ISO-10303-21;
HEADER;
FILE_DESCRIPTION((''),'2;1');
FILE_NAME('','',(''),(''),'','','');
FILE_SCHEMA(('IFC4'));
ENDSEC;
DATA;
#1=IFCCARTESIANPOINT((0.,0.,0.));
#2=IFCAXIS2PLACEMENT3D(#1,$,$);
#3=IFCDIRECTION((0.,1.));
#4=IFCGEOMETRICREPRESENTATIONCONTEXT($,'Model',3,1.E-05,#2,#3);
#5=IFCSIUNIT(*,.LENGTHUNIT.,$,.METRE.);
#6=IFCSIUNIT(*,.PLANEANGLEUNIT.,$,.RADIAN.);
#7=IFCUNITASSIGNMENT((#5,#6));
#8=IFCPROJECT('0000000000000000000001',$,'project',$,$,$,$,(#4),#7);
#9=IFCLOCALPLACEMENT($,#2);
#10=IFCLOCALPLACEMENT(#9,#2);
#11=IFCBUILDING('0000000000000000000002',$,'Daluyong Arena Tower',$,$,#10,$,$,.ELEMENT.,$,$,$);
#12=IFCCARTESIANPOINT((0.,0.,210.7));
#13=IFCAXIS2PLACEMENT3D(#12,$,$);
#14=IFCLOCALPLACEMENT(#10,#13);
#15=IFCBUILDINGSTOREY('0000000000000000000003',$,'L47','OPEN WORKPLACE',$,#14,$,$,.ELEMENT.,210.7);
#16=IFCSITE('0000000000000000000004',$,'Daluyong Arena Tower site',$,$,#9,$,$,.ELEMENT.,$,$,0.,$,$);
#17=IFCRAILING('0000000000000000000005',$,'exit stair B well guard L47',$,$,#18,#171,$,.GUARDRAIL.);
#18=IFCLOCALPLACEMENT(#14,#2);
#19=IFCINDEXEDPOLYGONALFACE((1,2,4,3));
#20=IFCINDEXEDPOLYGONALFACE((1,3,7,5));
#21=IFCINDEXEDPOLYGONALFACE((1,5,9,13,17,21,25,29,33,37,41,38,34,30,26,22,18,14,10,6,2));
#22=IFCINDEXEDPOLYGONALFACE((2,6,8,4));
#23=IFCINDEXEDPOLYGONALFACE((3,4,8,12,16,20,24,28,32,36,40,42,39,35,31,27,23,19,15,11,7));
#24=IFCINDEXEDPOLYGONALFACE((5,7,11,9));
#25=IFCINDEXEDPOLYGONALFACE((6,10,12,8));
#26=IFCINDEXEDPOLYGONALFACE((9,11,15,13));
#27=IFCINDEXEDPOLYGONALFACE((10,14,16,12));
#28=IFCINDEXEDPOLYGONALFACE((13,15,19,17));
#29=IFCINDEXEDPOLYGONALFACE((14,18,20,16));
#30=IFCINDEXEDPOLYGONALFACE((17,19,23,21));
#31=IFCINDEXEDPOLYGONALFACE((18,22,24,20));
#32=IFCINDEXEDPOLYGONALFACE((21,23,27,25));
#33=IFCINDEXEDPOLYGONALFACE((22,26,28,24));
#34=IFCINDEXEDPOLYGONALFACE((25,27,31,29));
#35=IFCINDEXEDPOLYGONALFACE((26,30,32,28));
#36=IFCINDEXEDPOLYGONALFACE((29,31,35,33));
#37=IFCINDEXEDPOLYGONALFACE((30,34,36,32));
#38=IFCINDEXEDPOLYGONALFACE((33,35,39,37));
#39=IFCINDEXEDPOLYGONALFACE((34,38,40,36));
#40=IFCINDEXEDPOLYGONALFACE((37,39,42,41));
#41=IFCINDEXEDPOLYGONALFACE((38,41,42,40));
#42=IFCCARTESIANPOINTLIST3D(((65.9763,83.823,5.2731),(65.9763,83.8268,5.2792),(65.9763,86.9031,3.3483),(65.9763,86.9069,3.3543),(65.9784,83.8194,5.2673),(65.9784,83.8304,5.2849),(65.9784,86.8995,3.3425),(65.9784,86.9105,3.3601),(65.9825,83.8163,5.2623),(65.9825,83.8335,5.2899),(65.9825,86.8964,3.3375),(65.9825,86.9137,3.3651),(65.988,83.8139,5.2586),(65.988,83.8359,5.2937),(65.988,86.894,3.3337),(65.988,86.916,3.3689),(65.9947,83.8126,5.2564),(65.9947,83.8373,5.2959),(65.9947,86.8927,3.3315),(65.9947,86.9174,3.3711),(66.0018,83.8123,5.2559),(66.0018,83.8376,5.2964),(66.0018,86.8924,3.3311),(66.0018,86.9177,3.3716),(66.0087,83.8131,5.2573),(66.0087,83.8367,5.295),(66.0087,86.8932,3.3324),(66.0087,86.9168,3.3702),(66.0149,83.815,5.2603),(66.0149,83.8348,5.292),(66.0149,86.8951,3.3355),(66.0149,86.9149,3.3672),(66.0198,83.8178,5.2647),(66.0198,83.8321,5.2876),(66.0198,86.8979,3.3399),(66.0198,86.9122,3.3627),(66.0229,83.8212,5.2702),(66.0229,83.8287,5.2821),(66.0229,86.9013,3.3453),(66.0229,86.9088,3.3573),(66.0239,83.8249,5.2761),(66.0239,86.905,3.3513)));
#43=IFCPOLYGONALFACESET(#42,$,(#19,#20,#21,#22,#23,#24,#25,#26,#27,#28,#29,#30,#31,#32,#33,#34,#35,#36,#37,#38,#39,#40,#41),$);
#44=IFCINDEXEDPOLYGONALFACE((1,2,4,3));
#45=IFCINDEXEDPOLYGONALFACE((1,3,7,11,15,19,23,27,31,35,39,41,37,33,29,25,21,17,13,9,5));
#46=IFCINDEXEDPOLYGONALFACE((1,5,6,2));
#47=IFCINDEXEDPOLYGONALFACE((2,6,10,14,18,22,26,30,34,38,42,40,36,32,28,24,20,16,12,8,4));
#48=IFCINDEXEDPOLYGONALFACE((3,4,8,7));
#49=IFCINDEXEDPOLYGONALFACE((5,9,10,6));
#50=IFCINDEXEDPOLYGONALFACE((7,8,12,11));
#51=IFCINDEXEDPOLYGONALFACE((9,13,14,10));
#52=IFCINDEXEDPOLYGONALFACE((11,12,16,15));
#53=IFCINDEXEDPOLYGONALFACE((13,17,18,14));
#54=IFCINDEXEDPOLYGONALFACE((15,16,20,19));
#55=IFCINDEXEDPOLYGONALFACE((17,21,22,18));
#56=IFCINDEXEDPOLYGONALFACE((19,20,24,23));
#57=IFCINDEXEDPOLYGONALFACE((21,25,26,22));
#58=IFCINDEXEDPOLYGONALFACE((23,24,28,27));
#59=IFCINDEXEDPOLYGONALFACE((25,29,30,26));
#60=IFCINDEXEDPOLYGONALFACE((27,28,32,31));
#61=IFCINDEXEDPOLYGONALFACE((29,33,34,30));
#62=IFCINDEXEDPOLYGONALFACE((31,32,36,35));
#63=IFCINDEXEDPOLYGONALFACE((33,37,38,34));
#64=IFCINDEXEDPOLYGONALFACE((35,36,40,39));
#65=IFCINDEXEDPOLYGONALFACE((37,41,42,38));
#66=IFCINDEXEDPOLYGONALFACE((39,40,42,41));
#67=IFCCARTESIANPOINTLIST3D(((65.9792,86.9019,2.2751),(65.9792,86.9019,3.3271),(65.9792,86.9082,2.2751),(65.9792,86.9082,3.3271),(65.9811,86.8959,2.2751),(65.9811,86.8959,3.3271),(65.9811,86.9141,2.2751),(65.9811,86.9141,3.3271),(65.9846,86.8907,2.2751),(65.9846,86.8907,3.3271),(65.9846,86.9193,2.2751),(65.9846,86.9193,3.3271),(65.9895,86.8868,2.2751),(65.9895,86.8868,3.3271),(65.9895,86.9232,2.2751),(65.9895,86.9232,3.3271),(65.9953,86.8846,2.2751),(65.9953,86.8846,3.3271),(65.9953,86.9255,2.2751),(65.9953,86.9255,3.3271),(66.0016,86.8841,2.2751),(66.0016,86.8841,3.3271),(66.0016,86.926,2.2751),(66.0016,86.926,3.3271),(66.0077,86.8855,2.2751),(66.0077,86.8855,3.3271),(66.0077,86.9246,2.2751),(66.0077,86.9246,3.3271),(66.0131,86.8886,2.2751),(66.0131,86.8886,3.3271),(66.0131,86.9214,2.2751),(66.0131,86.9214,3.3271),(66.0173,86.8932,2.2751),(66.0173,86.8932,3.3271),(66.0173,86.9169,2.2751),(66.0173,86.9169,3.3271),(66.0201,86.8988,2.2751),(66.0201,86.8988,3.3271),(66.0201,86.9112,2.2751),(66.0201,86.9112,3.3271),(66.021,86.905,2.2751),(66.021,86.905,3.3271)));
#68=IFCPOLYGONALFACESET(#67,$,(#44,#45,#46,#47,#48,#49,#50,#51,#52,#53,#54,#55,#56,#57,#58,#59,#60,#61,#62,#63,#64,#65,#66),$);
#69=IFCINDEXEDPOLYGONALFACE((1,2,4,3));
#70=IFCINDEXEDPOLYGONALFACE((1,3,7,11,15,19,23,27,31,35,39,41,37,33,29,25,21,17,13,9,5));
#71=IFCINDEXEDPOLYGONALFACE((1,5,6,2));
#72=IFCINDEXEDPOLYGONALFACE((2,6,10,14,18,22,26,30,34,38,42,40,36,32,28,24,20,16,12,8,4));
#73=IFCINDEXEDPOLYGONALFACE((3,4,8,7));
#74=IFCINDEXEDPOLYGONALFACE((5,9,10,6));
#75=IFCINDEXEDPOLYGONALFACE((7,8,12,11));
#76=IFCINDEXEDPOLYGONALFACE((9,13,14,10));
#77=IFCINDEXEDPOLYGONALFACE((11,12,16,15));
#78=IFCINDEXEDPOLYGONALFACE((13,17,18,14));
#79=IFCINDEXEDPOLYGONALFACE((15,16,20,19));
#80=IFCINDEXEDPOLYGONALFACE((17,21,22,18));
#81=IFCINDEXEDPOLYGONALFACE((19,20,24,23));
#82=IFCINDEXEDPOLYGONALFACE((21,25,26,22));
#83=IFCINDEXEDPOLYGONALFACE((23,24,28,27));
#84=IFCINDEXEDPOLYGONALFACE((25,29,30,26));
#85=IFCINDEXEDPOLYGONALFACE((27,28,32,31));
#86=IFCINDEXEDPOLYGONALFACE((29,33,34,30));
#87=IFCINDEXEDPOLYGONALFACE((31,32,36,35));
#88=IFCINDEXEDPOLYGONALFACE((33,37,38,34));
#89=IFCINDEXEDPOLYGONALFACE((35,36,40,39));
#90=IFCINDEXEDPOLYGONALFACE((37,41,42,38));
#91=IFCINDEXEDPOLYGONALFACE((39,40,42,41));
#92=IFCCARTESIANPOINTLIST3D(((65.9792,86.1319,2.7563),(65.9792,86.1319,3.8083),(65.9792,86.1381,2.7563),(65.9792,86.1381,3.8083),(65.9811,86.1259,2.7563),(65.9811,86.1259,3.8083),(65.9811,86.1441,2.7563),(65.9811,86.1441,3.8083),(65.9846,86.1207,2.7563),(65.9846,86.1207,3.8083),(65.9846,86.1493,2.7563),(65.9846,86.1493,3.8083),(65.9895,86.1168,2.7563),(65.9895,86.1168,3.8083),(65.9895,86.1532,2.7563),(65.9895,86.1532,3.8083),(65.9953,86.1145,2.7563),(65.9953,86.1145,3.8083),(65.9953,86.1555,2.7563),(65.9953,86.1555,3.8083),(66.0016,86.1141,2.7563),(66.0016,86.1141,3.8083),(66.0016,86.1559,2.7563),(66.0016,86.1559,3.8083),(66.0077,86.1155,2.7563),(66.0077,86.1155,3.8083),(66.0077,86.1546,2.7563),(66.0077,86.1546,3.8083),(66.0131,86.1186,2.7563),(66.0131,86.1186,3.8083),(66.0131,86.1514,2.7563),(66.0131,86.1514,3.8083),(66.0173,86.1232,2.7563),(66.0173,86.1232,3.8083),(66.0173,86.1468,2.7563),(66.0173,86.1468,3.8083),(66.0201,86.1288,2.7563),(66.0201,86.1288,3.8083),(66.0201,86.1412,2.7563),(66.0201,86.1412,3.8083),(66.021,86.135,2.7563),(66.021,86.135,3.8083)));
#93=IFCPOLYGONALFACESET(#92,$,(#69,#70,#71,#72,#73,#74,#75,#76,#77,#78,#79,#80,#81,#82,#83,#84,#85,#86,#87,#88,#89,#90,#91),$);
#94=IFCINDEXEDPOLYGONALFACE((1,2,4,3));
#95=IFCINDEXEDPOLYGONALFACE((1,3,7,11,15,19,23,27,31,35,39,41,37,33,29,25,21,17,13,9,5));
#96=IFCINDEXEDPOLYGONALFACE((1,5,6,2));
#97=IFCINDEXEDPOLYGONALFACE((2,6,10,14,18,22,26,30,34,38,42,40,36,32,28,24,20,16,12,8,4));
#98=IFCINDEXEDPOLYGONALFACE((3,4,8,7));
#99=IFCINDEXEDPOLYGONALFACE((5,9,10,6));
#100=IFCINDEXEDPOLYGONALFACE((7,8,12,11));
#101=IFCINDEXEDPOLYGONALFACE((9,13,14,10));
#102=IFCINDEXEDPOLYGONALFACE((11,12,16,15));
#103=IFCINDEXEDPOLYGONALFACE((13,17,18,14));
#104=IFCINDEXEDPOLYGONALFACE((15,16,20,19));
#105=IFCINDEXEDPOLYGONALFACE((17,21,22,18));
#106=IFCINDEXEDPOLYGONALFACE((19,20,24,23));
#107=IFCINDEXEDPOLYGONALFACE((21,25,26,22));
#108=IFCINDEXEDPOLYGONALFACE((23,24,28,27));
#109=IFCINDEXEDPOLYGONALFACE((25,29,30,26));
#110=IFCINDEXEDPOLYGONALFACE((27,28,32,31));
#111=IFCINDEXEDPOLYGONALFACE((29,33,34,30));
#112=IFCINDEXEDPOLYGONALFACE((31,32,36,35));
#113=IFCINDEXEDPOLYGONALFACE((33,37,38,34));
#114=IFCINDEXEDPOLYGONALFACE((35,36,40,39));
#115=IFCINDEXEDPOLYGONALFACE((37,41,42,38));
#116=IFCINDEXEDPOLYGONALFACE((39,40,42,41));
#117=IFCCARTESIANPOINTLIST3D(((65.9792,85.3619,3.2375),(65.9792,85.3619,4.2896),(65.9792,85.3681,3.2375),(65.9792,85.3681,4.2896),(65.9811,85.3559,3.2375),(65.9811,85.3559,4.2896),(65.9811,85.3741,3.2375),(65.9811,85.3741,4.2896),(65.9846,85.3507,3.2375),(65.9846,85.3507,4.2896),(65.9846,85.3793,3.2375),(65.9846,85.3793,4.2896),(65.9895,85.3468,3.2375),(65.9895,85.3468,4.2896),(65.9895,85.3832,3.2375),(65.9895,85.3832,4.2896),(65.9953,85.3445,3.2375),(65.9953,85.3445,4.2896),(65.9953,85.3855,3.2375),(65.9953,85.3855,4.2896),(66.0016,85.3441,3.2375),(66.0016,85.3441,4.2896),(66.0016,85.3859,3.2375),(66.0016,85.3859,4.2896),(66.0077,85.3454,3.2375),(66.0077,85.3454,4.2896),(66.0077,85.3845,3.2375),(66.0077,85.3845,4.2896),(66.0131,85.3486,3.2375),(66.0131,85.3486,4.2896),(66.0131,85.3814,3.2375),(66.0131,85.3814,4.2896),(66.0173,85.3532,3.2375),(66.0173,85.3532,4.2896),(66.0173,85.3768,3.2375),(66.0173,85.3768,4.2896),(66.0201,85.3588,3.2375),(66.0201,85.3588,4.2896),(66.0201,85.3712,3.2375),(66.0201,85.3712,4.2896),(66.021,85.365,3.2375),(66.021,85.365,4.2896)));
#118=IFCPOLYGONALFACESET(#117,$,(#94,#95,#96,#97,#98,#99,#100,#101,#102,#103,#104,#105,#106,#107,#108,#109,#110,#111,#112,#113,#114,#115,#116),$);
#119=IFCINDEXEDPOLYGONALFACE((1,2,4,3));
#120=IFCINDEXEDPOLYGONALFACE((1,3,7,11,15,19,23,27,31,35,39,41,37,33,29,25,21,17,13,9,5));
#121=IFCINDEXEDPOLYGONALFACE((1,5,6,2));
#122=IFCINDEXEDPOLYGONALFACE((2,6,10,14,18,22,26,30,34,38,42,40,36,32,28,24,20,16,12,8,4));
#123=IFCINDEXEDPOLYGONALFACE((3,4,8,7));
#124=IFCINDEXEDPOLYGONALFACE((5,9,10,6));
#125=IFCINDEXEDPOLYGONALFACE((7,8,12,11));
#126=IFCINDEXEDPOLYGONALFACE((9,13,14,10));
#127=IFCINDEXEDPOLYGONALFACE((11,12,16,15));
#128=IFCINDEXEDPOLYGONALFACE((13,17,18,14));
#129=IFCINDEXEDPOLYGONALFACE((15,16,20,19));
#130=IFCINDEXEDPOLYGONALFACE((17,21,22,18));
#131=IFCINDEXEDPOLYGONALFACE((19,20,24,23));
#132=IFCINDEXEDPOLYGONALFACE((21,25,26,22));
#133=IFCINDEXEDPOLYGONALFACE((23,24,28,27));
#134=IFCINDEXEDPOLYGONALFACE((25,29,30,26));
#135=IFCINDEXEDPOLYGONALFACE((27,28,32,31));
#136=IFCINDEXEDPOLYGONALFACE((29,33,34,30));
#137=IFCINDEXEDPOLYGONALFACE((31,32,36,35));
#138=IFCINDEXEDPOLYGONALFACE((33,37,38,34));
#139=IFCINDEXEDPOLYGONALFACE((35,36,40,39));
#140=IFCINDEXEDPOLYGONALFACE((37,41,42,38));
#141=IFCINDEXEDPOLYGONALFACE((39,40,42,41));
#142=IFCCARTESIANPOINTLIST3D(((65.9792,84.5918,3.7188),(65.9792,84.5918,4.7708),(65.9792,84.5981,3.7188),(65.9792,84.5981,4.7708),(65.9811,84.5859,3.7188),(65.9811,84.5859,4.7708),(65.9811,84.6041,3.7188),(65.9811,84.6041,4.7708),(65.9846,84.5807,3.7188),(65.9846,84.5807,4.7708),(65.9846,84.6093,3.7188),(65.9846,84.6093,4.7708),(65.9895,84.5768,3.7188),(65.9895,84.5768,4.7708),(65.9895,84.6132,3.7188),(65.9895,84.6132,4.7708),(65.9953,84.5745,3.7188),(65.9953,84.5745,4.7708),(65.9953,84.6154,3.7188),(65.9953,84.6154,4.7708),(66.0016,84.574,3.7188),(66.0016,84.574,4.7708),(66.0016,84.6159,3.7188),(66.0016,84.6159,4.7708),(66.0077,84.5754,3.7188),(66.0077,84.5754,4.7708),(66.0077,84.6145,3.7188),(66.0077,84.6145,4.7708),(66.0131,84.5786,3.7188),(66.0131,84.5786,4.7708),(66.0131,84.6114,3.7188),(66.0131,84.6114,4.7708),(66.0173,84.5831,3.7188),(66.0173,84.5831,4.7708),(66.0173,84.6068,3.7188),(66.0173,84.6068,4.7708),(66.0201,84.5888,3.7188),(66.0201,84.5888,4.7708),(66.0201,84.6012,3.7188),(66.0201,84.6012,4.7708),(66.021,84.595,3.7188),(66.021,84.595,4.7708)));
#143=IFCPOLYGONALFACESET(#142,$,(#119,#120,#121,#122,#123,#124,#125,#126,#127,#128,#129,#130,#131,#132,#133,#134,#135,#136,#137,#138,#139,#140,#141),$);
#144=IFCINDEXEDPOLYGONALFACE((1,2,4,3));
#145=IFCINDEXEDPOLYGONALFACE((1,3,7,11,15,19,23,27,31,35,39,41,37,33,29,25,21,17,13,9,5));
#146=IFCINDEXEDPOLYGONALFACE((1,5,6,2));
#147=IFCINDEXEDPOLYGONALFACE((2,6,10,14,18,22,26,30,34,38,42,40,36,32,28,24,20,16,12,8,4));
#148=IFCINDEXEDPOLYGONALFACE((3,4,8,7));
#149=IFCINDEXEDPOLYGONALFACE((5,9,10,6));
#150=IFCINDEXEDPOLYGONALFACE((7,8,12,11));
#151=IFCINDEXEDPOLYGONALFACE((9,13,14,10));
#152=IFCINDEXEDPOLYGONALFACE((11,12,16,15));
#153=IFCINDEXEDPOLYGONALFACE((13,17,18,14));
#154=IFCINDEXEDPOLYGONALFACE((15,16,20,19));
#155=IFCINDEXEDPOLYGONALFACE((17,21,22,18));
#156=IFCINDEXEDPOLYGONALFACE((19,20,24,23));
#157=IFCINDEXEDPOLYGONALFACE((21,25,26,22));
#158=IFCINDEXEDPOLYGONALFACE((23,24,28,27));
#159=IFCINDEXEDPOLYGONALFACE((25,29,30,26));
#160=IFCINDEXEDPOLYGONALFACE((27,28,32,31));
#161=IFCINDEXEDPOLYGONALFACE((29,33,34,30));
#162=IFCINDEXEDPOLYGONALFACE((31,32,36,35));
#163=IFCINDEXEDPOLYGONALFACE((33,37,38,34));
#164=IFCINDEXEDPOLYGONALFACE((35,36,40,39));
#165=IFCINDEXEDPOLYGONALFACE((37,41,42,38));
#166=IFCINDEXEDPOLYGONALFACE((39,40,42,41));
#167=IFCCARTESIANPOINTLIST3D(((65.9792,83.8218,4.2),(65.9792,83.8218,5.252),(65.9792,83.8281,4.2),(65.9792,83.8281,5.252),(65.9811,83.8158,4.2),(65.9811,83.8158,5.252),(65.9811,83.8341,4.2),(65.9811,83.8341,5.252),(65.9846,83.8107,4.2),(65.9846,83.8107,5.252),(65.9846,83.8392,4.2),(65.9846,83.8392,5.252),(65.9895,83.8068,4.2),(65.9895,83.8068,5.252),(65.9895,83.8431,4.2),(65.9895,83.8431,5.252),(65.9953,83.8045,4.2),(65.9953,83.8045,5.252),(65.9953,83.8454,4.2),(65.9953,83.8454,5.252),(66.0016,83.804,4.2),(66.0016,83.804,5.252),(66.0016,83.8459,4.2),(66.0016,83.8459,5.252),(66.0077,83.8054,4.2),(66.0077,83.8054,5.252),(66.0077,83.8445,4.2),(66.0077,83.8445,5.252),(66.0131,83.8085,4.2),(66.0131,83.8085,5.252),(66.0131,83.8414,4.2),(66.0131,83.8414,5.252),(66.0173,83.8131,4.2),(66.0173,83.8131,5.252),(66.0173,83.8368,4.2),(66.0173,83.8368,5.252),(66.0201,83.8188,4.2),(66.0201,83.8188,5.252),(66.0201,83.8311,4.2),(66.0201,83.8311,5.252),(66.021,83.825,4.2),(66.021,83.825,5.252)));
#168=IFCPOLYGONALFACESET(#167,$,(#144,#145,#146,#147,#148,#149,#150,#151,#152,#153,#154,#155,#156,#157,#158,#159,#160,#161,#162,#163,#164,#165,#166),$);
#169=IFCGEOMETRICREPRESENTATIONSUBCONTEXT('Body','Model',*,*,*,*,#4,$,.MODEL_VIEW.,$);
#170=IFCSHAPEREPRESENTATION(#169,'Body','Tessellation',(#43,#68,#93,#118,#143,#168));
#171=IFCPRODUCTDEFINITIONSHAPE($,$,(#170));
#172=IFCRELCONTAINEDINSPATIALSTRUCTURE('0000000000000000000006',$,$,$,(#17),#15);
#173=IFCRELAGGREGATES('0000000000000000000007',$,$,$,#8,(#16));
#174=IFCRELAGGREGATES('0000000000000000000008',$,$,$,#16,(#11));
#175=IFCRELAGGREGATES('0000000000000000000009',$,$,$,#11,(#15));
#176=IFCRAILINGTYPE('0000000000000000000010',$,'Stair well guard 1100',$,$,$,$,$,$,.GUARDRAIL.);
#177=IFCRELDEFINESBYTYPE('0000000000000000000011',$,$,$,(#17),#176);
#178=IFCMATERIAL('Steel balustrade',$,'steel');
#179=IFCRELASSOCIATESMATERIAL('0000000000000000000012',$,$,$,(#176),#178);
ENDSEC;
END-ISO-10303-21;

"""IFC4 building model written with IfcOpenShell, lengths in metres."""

from ifc_helpers import new_model, si_unit, direction, frame, origin, origin_2d, place, context, subcontext, project, spatial, circle, extrude, material, type_object, element, save


model = new_model("IFC4")

# Units and contexts
model_context = context("Model", 3, precision=1e-05, world=origin(), true_north=direction((0.0, 1.0)))
body_context = subcontext(model_context, "Body", "Model", "MODEL_VIEW")
ifc_project = project(units=[si_unit("LENGTHUNIT", "METRE"), si_unit("PLANEANGLEUNIT", "RADIAN")], contexts=[model_context])

# Site, building, storey
site_placement = place(None, origin())
site = spatial("IfcSite", under=ifc_project, at=site_placement, Name="Daluyong Arena Tower site", CompositionType="ELEMENT", RefElevation=0.0)
building_placement = place(site_placement, origin())
building = spatial("IfcBuilding", under=site, at=building_placement, Name="Daluyong Arena Tower", CompositionType="ELEMENT")
storey_placement = place(building_placement, frame((0.0, 0.0, 210.7)))
storey = spatial("IfcBuildingStorey", under=building, at=storey_placement, Name="L47", Description="OPEN WORKPLACE", CompositionType="ELEMENT", Elevation=210.7)

# Railing
ifc_material_1 = material(Name="Steel balustrade", Category="steel")
railing_type_1 = type_object("IfcRailingType", Name="Stair well guard 1100", PredefinedType="GUARDRAIL", material=ifc_material_1)
railing_1_placement = place(storey_placement, frame((66.0, 86.905, 2.2751)))
element("IfcRailing", 1, at=railing_1_placement, inside=storey, type_object=railing_type_1, Name="exit stair B well guard L47", PredefinedType="GUARDRAIL", context=body_context, shape_type="SweptSolid", body=[
    extrude(circle(Radius=0.0239, at=origin_2d()), frame((0.0, 0.0, 1.0762), z_axis=(0.0, -0.848029, 0.529951), x_axis=(1.0, 0.0, 0.0)), (0.0, 0.0, 1.0), 3.6321),
    extrude(circle(Radius=0.021, at=origin_2d()), origin(), (0.0, 0.0, 1.0), 1.052),
    extrude(circle(Radius=0.021, at=origin_2d()), frame((0.0, -0.77, 0.4812)), (0.0, 0.0, 1.0), 1.052),
    extrude(circle(Radius=0.021, at=origin_2d()), frame((0.0, -1.54, 0.9624)), (0.0, 0.0, 1.0), 1.052),
    extrude(circle(Radius=0.021, at=origin_2d()), frame((0.0, -2.3101, 1.4436)), (0.0, 0.0, 1.0), 1.052),
    extrude(circle(Radius=0.021, at=origin_2d()), frame((0.0, -3.0801, 1.9248)), (0.0, 0.0, 1.0), 1.052),
])

save(model, "model.ifc")
